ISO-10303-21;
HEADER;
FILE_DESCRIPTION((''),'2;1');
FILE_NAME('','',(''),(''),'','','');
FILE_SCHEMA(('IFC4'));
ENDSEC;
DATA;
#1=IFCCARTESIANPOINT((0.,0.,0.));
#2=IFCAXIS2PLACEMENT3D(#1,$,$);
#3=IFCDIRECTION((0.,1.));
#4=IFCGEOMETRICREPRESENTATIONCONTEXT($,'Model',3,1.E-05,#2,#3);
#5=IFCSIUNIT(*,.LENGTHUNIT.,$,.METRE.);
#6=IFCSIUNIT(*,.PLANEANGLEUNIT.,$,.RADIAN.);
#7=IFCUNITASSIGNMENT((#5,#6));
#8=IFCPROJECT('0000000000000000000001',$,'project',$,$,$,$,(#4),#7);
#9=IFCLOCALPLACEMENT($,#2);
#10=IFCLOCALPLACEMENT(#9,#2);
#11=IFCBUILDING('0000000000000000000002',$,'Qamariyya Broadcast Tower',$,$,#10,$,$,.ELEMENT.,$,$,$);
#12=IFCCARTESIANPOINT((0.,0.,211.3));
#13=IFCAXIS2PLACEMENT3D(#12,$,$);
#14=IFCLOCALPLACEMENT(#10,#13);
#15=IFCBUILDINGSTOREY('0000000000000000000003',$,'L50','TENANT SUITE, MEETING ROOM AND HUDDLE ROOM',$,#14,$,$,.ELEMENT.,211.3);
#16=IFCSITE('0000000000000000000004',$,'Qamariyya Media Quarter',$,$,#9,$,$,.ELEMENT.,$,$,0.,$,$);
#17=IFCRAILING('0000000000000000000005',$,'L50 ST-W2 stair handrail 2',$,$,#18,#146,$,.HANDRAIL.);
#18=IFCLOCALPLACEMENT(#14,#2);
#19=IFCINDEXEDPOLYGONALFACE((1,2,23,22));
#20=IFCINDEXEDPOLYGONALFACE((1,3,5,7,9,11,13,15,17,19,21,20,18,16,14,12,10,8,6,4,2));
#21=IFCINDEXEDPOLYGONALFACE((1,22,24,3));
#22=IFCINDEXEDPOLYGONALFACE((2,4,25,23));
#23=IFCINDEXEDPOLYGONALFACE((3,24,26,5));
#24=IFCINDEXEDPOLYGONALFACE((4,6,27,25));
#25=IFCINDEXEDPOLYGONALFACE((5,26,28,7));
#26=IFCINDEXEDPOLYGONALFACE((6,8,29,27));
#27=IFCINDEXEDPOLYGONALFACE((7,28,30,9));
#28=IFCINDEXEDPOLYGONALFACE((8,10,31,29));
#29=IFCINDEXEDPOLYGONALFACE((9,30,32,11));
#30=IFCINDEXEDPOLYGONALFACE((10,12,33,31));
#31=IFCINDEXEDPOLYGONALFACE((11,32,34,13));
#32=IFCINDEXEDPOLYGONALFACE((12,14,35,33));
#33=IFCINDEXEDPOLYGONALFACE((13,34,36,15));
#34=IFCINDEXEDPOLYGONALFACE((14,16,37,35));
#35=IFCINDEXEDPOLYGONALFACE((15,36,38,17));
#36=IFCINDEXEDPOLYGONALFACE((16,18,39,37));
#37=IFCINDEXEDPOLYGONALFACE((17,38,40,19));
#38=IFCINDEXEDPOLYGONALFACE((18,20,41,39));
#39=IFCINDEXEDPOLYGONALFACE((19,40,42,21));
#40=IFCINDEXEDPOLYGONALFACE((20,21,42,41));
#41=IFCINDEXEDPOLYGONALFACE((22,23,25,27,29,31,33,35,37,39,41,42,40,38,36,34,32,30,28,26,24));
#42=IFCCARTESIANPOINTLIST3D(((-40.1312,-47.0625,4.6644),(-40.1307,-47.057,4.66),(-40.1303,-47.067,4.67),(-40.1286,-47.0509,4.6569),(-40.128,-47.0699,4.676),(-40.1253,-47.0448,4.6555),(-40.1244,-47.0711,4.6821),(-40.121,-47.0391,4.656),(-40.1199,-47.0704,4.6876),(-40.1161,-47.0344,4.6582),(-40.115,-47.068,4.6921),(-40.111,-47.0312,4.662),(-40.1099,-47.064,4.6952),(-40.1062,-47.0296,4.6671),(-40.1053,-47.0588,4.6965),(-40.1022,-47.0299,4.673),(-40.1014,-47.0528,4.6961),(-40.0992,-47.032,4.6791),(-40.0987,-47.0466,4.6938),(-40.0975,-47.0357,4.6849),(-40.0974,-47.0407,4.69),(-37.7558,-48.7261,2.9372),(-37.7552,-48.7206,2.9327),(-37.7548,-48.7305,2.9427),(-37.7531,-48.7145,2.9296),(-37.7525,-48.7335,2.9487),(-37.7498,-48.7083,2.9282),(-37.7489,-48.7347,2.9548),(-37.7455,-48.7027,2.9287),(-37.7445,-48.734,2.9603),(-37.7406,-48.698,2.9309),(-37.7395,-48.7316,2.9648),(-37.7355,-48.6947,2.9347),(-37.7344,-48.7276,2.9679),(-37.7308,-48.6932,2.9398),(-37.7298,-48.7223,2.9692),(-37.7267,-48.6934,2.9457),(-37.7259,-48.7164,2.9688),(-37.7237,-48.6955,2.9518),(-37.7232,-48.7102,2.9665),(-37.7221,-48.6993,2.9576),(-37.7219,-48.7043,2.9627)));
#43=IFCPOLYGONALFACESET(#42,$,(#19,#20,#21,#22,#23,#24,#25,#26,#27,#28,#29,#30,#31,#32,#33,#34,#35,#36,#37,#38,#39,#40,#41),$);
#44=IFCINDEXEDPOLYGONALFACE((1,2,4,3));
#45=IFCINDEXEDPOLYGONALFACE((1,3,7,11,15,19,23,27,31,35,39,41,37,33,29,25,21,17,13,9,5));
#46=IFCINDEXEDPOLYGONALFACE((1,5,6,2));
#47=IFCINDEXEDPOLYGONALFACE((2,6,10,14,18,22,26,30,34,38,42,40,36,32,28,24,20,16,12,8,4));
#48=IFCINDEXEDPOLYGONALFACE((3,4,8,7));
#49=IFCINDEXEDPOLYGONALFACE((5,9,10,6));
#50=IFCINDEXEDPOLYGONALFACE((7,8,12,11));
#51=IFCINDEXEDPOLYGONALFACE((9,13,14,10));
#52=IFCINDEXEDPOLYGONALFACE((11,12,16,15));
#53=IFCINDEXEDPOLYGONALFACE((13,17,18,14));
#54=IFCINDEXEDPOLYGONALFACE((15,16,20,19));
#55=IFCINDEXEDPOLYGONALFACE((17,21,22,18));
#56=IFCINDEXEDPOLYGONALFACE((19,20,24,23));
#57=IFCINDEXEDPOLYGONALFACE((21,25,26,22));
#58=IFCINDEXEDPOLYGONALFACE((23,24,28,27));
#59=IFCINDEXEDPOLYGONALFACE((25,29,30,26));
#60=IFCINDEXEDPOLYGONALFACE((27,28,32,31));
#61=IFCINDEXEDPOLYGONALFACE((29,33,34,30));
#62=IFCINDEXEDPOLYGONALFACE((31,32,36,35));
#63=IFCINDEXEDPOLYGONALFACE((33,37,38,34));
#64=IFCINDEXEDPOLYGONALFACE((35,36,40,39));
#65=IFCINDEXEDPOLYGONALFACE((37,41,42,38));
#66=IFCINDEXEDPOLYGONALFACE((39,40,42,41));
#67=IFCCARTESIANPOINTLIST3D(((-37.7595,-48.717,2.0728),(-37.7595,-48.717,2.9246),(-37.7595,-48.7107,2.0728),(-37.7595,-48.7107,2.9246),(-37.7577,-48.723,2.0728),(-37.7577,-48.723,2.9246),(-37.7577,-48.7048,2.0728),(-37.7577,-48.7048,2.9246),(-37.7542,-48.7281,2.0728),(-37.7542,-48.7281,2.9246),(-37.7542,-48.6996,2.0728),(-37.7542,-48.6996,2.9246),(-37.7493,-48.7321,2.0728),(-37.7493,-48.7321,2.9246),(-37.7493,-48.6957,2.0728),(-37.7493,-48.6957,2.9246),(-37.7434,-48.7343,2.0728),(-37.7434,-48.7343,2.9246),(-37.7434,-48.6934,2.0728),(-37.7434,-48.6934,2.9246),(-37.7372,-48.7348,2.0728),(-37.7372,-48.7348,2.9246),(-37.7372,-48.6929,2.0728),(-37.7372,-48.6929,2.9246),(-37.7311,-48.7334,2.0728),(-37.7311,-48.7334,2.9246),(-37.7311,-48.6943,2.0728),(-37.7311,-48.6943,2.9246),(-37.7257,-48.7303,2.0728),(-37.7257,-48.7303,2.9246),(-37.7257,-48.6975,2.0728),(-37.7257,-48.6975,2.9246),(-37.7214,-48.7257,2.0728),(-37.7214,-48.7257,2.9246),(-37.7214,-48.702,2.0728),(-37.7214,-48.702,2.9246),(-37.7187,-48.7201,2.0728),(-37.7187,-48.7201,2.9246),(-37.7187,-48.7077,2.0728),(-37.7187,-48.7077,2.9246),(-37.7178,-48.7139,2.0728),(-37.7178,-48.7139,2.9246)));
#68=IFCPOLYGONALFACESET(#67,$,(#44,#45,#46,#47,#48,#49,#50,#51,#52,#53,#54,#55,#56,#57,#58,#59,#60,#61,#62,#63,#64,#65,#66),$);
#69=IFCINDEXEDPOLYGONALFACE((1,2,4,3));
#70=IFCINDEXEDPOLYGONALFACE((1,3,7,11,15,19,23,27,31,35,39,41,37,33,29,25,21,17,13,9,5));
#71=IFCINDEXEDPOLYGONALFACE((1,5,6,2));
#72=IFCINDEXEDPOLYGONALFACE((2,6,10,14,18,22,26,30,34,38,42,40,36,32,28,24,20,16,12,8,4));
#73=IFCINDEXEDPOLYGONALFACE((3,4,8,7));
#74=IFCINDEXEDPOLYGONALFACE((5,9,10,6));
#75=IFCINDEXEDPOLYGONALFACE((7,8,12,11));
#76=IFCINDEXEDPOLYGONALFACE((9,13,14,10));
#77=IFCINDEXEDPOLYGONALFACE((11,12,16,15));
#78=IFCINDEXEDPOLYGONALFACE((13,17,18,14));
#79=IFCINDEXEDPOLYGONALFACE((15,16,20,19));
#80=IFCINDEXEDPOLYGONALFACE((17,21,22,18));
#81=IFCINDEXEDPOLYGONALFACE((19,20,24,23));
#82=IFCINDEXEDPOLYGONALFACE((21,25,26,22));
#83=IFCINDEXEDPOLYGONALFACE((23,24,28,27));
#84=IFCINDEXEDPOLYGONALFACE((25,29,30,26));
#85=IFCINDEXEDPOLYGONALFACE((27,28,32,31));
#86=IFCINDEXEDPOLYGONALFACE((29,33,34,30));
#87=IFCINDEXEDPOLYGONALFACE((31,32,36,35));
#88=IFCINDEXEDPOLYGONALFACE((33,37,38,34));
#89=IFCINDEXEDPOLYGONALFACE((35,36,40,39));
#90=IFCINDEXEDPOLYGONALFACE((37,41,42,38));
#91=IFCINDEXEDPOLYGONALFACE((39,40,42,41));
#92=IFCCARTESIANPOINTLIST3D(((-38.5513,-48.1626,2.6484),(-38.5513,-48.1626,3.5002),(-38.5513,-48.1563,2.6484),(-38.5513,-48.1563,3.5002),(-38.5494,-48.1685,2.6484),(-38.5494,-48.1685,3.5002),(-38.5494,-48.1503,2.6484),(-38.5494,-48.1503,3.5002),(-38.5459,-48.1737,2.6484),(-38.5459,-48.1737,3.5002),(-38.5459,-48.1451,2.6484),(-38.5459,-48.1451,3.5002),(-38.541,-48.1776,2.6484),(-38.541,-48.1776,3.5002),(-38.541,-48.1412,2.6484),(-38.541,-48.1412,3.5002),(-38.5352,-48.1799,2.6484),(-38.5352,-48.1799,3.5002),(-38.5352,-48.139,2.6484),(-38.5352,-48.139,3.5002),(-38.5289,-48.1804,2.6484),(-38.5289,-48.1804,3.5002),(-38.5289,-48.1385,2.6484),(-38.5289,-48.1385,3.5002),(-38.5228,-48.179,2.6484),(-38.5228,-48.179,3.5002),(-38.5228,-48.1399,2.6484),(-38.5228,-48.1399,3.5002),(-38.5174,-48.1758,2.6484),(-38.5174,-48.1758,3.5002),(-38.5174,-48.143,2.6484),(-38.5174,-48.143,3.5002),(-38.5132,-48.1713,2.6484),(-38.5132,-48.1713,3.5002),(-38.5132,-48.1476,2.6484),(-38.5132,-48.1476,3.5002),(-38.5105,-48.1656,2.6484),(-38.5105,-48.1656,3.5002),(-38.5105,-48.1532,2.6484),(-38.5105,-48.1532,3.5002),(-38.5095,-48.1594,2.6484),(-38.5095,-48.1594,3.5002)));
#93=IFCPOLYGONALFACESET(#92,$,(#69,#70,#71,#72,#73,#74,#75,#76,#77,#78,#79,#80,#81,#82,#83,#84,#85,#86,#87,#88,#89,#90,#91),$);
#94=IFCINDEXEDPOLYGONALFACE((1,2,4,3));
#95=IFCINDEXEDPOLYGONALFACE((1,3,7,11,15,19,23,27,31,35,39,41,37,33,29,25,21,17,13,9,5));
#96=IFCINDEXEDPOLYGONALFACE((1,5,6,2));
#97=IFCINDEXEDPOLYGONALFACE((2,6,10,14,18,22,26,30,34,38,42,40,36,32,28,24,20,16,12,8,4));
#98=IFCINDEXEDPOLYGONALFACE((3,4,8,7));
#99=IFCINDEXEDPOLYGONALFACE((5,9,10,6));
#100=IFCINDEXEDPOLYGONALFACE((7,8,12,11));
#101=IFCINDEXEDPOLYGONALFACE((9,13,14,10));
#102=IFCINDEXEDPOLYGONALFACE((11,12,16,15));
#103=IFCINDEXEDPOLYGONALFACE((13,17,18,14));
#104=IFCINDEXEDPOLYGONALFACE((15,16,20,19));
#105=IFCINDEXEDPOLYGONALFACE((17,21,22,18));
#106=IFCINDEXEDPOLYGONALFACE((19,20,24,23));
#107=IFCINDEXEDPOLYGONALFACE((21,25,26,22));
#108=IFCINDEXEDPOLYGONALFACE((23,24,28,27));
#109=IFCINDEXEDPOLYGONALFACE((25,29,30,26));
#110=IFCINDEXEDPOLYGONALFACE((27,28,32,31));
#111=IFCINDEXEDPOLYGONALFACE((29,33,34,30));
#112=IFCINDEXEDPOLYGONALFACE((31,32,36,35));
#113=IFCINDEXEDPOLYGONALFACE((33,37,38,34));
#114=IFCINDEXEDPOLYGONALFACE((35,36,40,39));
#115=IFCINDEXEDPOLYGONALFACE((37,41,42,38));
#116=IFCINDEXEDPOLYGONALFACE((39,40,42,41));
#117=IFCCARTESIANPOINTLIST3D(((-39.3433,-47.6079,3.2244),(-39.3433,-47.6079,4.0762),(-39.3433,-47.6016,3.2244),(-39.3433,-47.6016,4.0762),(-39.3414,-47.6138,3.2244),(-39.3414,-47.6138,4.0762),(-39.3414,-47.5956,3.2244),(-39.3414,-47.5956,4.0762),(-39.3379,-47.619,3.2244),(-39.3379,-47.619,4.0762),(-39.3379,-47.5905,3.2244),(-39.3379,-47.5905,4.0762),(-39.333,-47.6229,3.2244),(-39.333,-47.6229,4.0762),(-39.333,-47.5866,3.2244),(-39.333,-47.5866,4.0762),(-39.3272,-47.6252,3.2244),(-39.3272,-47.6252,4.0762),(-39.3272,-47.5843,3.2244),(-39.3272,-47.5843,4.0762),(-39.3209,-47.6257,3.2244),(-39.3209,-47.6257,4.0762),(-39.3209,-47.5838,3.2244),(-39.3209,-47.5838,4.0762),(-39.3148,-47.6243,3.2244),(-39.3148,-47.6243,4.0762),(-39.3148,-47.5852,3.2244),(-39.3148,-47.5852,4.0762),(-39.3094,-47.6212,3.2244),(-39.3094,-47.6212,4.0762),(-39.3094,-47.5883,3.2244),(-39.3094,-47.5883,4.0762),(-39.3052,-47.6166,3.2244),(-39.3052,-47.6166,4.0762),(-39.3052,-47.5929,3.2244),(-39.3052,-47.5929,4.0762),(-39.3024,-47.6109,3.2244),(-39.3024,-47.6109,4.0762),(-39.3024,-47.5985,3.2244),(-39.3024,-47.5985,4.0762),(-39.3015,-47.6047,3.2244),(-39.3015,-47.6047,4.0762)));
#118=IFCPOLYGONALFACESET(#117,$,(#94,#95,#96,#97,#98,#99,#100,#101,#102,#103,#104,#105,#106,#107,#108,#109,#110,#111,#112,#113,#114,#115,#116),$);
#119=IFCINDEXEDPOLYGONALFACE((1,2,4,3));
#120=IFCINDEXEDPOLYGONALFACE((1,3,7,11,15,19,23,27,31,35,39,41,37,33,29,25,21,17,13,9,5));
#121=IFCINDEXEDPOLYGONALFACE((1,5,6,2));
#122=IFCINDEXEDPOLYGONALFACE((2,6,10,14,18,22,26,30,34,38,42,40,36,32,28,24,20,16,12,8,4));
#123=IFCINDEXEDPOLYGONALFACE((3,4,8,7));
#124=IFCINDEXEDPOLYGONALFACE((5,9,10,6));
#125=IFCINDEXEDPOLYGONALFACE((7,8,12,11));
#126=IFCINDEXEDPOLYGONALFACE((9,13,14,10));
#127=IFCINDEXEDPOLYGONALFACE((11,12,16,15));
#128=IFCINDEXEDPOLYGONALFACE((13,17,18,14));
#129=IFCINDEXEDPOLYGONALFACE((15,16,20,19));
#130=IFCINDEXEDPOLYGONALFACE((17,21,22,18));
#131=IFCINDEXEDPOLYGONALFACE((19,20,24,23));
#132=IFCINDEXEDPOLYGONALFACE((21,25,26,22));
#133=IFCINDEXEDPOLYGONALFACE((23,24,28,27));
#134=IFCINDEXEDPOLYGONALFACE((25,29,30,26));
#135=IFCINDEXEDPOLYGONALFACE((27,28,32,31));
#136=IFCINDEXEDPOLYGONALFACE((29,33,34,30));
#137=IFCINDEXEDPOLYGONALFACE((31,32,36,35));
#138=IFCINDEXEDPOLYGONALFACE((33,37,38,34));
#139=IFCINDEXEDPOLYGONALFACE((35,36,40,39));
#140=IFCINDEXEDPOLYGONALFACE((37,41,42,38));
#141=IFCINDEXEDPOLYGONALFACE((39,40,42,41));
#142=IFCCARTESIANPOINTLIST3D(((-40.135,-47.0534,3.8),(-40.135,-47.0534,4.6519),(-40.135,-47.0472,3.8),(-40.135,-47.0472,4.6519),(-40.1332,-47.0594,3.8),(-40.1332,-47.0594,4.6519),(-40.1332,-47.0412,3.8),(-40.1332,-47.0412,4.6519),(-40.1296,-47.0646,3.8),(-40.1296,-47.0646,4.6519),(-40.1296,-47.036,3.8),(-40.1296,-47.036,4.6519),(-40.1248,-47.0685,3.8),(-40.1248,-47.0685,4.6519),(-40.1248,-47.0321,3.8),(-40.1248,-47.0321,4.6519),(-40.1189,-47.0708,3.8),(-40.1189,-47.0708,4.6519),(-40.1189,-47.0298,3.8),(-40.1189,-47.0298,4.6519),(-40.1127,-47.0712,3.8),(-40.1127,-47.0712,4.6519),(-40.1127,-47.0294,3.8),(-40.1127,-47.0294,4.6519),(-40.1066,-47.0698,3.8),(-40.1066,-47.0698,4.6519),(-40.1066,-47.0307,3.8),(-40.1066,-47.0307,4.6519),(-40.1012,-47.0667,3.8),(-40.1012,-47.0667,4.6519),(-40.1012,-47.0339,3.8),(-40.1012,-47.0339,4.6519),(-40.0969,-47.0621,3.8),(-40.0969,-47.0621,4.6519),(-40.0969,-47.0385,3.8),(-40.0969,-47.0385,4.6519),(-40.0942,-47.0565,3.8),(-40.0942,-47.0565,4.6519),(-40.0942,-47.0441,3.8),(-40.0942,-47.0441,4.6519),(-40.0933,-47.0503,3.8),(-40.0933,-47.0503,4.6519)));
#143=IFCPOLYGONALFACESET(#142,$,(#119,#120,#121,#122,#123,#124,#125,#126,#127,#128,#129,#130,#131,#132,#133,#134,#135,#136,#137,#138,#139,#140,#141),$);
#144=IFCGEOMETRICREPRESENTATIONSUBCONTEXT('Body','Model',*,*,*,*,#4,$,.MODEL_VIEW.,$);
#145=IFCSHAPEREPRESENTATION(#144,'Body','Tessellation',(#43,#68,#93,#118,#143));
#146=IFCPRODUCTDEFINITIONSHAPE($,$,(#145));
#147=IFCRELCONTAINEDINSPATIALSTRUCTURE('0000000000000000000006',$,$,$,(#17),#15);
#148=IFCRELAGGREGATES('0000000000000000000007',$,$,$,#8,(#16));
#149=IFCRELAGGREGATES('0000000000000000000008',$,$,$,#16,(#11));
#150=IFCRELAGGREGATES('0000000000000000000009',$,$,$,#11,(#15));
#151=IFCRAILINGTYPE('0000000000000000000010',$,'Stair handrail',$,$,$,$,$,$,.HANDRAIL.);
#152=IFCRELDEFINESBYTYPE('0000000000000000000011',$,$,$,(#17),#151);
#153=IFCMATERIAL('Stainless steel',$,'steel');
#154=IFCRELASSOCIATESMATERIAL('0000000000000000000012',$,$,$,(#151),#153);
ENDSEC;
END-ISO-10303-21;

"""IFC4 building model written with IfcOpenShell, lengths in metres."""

from ifc_helpers import new_model, si_unit, direction, frame, origin, origin_2d, place, context, subcontext, project, spatial, circle, extrude, material, type_object, element, save


model = new_model("IFC4")

# Units and contexts
model_context = context("Model", 3, precision=1e-05, world=origin(), true_north=direction((0.0, 1.0)))
body_context = subcontext(model_context, "Body", "Model", "MODEL_VIEW")
ifc_project = project(units=[si_unit("LENGTHUNIT", "METRE"), si_unit("PLANEANGLEUNIT", "RADIAN")], contexts=[model_context])

# Site, building, storey
site_placement = place(None, origin())
site = spatial("IfcSite", under=ifc_project, at=site_placement, Name="Qamariyya Media Quarter", CompositionType="ELEMENT", RefElevation=0.0)
building_placement = place(site_placement, origin())
building = spatial("IfcBuilding", under=site, at=building_placement, Name="Qamariyya Broadcast Tower", CompositionType="ELEMENT")
storey_placement = place(building_placement, frame((0.0, 0.0, 211.3)))
storey = spatial("IfcBuildingStorey", under=building, at=storey_placement, Name="L50", Description="TENANT SUITE, MEETING ROOM AND HUDDLE ROOM", CompositionType="ELEMENT", Elevation=211.3)

# Railing
ifc_material_1 = material(Name="Stainless steel", Category="steel")
railing_type_1 = type_object("IfcRailingType", Name="Stair handrail", PredefinedType="HANDRAIL", material=ifc_material_1)
railing_1_placement = place(storey_placement, frame((-37.7388, -48.7139, 2.0728)))
element("IfcRailing", 1, at=railing_1_placement, inside=storey, type_object=railing_type_1, Name="L50 ST-W2 stair handrail 2", PredefinedType="HANDRAIL", context=body_context, shape_type="SweptSolid", body=[
    extrude(circle(Radius=0.0239, at=origin_2d()), frame((0.0, 0.0, 0.876), z_axis=(-0.703745, 0.492838, 0.511716), x_axis=(-0.573632, -0.819113, 0.0)), (0.0, 0.0, 1.0), 3.3755),
    extrude(circle(Radius=0.021, at=origin_2d()), origin(), (0.0, 0.0, 1.0), 0.8518),
    extrude(circle(Radius=0.021, at=origin_2d()), frame((-0.7917, 0.5544, 0.5757)), (0.0, 0.0, 1.0), 0.8518),
    extrude(circle(Radius=0.021, at=origin_2d()), frame((-1.5837, 1.1091, 1.1516)), (0.0, 0.0, 1.0), 0.8518),
    extrude(circle(Radius=0.021, at=origin_2d()), frame((-2.3755, 1.6636, 1.7273)), (0.0, 0.0, 1.0), 0.8518),
])

save(model, "model.ifc")
